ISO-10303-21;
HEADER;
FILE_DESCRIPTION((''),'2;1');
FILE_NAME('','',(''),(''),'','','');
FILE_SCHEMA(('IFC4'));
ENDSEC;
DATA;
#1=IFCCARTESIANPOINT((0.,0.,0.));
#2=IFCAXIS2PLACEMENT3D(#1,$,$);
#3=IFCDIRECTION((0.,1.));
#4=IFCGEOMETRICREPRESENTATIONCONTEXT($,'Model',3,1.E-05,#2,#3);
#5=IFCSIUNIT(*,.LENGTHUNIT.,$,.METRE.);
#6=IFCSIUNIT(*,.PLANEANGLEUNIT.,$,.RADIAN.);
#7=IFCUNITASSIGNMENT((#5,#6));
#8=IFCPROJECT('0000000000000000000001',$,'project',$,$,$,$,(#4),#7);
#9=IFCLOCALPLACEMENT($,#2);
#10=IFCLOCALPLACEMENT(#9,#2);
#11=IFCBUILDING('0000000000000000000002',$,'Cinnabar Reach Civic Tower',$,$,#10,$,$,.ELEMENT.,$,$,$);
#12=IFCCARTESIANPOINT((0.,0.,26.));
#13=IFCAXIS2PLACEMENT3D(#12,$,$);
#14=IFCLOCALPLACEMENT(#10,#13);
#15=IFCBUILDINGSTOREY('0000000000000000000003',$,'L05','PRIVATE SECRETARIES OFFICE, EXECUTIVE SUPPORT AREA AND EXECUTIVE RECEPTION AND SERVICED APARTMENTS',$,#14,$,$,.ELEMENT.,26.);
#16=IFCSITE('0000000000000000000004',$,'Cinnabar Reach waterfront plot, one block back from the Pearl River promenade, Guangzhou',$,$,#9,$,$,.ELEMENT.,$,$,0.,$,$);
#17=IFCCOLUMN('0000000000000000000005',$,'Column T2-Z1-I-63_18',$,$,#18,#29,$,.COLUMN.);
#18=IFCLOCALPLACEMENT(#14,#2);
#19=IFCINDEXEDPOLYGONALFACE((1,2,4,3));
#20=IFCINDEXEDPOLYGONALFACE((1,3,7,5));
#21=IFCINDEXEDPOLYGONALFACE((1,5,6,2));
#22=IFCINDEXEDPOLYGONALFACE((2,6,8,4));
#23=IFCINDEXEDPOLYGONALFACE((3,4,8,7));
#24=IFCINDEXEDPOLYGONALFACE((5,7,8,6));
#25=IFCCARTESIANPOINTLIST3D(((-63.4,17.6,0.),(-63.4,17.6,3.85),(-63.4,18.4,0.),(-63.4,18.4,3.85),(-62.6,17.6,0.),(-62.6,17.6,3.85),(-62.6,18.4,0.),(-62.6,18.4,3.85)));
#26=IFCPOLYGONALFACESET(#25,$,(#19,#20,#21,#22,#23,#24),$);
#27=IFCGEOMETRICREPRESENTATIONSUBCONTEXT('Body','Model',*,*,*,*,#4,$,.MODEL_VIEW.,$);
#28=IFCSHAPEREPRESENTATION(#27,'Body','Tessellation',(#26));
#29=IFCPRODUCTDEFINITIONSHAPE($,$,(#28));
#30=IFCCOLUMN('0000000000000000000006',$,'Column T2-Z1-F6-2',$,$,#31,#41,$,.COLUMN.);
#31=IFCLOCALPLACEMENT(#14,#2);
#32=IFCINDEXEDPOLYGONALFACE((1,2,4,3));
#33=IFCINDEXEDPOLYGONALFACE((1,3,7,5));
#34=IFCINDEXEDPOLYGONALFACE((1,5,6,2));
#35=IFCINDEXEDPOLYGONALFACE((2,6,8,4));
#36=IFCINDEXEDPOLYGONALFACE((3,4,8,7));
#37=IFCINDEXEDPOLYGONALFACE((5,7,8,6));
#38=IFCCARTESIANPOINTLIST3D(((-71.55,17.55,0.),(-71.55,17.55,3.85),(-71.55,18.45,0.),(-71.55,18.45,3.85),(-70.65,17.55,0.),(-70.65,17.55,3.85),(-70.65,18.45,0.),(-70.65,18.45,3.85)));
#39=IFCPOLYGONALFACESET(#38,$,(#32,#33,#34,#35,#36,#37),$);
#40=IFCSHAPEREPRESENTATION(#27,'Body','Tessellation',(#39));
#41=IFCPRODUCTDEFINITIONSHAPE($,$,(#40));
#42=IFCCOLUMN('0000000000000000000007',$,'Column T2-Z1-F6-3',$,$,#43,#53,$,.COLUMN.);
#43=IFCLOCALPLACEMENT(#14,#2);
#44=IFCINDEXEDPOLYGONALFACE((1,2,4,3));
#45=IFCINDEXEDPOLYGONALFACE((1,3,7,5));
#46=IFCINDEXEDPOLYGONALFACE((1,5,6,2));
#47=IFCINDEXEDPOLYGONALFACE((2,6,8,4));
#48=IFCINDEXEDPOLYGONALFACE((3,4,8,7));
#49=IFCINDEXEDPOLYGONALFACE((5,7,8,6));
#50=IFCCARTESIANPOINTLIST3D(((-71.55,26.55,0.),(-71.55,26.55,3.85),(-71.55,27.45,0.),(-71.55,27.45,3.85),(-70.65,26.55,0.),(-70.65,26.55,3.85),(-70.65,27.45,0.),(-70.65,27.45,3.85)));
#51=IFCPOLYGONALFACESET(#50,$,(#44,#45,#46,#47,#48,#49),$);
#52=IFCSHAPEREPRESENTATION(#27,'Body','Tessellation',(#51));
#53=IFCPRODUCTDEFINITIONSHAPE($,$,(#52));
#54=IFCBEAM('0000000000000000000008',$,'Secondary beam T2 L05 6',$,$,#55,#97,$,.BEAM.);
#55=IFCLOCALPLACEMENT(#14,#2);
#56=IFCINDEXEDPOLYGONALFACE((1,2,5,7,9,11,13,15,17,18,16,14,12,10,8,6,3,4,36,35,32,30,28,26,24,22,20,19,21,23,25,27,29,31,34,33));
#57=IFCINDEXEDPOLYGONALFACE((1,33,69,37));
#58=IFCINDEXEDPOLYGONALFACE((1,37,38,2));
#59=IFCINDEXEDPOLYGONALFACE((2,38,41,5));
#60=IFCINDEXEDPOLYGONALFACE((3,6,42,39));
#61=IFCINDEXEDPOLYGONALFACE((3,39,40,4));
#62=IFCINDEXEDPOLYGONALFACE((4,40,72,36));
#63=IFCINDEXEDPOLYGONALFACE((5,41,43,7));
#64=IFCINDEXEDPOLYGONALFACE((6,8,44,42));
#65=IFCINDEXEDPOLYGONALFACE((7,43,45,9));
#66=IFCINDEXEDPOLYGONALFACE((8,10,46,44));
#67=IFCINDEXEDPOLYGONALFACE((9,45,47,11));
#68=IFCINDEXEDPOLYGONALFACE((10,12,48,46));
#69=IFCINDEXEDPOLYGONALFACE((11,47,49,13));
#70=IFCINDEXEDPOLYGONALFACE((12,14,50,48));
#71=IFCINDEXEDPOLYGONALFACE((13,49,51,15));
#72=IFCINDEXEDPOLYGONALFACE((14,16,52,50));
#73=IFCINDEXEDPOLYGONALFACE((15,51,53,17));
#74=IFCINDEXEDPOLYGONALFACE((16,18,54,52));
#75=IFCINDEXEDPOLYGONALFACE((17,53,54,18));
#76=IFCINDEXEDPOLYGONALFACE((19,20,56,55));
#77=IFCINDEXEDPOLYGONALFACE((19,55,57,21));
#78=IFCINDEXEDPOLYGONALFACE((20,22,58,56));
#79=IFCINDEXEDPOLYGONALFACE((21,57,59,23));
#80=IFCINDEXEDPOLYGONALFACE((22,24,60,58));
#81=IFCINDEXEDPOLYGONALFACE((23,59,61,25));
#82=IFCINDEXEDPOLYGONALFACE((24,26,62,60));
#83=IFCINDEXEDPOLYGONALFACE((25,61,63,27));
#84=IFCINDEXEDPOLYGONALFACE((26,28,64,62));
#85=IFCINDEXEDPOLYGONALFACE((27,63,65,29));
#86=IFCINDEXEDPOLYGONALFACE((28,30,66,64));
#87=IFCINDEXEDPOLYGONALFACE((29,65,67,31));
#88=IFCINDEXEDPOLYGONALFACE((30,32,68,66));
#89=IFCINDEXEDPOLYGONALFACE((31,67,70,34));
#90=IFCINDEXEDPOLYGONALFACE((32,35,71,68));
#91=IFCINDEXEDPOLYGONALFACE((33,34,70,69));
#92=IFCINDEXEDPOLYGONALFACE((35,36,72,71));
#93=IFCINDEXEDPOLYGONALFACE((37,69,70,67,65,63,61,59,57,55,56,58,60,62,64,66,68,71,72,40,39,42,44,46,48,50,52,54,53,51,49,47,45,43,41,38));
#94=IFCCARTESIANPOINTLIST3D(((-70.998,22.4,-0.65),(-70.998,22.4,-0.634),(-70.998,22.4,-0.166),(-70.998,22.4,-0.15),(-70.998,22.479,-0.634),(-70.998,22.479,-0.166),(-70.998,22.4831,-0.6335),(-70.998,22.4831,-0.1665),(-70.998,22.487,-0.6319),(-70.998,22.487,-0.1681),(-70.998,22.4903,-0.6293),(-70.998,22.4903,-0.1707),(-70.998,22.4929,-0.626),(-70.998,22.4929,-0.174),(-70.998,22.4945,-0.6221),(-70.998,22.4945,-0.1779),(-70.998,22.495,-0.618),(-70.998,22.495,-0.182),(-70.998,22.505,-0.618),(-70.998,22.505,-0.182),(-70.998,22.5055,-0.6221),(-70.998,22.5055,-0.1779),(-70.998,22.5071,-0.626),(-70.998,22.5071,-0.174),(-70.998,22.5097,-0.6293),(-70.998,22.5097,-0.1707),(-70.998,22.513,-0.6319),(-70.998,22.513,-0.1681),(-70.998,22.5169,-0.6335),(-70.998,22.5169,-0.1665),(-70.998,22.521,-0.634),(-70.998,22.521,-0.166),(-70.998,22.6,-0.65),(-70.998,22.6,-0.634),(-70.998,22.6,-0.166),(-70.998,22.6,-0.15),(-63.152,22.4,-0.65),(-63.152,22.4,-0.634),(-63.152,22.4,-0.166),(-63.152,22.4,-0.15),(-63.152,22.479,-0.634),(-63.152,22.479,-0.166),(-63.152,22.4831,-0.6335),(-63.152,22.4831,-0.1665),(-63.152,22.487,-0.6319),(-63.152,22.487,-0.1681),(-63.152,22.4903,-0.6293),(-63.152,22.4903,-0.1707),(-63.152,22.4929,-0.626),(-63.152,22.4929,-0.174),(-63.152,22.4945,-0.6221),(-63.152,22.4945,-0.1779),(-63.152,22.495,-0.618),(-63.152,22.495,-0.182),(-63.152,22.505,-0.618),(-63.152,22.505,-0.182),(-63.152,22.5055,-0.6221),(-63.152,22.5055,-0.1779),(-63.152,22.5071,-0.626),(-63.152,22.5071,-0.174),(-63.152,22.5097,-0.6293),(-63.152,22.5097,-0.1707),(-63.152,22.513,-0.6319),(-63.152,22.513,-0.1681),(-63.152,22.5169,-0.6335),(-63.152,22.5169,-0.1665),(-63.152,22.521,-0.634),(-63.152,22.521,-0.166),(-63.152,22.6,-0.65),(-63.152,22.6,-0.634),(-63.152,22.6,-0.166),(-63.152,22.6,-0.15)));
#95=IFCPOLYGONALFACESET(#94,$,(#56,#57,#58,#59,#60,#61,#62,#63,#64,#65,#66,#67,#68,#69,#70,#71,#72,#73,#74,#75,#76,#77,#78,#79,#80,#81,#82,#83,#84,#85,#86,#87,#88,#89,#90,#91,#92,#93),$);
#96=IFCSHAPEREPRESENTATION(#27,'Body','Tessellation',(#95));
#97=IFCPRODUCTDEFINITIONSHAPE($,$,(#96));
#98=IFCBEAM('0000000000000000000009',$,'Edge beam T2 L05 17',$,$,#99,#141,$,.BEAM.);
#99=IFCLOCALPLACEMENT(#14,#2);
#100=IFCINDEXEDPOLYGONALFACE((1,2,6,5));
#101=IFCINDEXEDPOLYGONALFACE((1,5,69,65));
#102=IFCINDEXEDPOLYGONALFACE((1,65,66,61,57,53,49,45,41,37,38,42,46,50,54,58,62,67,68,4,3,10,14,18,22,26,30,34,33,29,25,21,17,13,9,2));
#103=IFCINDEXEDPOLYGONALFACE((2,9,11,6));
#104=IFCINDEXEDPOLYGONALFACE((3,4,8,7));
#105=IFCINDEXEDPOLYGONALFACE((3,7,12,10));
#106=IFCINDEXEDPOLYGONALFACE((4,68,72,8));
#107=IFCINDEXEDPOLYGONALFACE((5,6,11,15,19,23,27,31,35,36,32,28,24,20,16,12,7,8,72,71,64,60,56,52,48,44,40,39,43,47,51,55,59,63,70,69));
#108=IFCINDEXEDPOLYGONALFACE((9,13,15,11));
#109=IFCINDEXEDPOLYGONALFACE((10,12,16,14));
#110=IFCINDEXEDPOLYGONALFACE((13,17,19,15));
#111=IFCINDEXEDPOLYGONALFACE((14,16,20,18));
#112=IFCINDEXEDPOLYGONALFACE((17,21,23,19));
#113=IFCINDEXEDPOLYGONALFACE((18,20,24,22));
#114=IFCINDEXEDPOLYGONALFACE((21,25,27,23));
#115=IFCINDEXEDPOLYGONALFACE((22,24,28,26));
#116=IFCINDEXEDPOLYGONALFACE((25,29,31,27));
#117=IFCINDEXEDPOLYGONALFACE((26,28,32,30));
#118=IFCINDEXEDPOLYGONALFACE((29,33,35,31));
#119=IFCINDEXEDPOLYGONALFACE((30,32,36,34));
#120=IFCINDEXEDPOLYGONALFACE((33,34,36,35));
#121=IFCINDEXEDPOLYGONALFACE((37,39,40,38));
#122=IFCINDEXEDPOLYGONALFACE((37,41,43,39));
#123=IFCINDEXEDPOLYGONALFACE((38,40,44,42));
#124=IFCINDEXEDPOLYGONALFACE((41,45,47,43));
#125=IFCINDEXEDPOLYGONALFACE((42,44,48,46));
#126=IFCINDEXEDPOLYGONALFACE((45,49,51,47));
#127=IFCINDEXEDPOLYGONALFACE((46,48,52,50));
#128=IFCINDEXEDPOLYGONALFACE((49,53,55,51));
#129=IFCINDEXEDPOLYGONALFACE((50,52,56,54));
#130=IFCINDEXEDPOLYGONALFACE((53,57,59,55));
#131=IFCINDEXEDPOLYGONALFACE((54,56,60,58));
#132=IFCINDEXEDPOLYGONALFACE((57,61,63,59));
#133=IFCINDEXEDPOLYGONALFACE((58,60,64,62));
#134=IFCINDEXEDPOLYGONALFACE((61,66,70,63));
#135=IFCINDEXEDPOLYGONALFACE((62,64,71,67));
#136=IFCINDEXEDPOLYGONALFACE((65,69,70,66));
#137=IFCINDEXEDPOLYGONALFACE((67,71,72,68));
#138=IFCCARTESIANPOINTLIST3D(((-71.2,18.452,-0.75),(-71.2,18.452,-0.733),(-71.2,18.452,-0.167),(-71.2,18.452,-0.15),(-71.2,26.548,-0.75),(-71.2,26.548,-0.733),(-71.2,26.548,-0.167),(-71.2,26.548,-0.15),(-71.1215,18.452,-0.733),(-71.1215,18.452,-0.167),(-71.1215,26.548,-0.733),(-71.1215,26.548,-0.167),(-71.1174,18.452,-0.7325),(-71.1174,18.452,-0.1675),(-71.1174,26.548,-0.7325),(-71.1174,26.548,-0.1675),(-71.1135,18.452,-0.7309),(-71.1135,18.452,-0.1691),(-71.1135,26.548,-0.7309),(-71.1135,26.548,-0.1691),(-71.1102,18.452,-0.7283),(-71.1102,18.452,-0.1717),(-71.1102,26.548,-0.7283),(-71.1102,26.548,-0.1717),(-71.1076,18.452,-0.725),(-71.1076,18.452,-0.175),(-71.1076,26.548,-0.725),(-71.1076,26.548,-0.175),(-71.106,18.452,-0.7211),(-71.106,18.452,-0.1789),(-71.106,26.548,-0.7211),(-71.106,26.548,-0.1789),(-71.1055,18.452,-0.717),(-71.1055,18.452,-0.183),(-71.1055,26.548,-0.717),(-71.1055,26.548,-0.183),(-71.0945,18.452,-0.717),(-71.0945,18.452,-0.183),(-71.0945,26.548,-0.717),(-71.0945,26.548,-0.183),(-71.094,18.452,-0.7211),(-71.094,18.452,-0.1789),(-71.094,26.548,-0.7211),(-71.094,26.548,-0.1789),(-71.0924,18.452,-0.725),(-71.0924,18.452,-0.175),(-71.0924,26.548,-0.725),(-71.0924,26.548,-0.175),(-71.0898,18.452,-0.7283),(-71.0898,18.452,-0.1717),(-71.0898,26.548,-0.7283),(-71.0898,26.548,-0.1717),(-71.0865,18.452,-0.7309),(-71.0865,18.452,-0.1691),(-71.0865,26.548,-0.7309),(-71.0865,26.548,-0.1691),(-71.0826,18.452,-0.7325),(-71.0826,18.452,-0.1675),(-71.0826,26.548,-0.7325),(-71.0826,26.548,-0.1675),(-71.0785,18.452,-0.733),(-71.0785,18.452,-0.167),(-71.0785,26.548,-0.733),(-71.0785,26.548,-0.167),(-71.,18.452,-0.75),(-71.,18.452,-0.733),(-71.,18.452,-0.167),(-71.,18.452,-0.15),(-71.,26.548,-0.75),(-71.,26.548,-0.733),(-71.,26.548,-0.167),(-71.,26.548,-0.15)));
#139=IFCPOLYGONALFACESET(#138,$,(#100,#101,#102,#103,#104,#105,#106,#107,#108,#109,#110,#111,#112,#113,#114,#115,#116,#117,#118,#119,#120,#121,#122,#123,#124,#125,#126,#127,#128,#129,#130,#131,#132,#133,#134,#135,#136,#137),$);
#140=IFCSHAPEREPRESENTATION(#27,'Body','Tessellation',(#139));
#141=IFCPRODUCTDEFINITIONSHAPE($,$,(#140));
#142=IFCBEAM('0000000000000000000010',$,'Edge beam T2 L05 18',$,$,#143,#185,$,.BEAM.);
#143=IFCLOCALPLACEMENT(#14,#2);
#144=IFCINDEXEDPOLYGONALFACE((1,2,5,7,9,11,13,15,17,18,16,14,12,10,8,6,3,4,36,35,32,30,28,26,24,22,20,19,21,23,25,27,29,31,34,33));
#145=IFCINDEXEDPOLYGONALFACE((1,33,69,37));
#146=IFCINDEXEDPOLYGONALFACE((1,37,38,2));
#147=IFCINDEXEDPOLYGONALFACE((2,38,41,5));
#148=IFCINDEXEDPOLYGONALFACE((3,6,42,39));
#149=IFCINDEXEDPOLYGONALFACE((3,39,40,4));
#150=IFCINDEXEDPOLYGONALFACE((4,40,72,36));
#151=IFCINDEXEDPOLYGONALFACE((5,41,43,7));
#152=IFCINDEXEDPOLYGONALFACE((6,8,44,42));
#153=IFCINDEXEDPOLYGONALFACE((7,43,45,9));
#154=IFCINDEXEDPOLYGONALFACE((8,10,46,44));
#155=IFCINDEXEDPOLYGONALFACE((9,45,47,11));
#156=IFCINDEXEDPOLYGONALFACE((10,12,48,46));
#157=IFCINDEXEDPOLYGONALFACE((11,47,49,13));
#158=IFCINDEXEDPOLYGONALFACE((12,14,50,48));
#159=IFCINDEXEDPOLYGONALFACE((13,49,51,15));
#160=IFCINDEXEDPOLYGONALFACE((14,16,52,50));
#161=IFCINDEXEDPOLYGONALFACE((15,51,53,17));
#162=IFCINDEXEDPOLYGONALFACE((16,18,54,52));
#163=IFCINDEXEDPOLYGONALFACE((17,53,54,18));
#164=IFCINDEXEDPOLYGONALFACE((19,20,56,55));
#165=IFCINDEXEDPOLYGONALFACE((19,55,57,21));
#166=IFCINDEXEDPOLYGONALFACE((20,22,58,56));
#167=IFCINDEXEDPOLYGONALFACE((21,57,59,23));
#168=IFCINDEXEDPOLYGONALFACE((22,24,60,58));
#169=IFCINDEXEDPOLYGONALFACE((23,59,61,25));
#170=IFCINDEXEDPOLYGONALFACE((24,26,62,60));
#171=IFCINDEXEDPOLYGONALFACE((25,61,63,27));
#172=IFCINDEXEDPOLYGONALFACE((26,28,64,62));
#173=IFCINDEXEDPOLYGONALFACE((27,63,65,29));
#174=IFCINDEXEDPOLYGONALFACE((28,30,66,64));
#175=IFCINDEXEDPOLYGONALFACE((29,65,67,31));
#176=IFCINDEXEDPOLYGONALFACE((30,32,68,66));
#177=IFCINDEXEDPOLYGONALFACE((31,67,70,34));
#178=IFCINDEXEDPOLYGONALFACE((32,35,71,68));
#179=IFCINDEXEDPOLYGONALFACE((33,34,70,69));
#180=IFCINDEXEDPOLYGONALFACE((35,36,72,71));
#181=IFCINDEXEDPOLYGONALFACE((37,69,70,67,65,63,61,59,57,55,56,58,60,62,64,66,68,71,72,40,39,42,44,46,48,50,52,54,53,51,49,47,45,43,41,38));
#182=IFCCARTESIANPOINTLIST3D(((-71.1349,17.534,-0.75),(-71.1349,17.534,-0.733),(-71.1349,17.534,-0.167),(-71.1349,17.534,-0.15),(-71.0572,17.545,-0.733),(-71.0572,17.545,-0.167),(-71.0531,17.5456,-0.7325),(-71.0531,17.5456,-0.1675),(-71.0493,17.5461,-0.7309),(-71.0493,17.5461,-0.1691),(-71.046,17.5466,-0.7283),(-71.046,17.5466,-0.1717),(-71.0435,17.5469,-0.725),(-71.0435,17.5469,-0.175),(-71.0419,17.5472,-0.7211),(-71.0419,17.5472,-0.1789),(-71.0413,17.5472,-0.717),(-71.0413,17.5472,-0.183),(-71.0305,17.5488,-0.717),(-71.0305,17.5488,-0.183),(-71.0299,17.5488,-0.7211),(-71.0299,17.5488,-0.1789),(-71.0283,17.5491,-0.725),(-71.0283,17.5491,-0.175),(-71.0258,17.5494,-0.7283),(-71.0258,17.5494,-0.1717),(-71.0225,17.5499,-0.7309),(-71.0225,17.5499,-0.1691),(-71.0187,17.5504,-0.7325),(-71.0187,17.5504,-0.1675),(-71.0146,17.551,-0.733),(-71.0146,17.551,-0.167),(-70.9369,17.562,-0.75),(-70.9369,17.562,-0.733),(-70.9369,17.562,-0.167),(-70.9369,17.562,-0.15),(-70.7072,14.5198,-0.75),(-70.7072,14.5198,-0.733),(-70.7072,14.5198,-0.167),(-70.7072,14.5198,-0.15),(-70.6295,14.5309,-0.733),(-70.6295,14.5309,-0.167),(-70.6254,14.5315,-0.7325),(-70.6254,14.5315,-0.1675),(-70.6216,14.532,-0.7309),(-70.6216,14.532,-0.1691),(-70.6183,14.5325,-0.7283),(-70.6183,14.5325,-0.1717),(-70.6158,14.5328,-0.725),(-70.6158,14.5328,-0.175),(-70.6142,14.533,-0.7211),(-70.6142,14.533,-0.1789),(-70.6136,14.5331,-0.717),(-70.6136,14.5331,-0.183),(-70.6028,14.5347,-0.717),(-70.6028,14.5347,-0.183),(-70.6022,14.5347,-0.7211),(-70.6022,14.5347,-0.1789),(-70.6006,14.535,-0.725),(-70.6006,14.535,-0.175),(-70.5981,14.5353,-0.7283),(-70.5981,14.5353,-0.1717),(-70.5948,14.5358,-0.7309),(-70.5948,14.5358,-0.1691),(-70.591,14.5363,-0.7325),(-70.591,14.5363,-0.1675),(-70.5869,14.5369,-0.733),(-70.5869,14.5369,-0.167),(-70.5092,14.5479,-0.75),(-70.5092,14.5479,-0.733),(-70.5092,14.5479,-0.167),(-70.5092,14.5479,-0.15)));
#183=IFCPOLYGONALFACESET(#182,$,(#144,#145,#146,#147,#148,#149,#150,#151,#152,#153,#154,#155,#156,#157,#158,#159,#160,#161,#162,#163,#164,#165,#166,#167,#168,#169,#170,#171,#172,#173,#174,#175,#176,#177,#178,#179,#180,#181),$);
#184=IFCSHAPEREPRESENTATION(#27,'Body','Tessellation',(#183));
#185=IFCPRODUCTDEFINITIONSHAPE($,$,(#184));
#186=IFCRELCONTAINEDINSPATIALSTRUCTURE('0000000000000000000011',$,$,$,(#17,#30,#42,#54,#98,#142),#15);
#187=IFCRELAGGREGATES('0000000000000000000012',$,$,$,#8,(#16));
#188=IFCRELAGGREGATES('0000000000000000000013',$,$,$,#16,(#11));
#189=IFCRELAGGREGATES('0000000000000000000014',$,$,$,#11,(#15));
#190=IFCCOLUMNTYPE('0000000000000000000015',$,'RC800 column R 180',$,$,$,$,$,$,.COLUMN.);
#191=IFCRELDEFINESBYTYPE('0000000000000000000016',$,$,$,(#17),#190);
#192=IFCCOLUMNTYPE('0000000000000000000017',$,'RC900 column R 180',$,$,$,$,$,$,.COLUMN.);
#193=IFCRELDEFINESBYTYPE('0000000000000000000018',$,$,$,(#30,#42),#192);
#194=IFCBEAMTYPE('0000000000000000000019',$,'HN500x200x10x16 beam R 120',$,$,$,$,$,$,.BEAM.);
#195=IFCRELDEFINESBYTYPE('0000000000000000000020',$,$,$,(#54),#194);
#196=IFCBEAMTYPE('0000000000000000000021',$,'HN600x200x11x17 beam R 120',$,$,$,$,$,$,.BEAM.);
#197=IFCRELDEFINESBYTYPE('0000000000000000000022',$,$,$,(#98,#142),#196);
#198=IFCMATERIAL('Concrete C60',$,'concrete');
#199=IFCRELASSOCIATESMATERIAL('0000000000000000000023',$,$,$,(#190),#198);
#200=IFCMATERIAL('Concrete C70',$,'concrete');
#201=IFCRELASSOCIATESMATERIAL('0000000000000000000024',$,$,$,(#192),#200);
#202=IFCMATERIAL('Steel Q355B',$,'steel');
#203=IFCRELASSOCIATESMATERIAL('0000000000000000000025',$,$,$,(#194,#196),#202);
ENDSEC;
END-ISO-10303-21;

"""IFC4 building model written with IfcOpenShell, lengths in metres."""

from ifc_helpers import new_model, si_unit, direction, frame, origin, origin_2d, place, context, subcontext, project, spatial, rectangle, i_section, extrude, material, material_profile, profile_set, type_object, element, save


model = new_model("IFC4")

# Units and contexts
model_context = context("Model", 3, precision=1e-05, world=origin(), true_north=direction((0.0, 1.0)))
body_context = subcontext(model_context, "Body", "Model", "MODEL_VIEW")
ifc_project = project(units=[si_unit("LENGTHUNIT", "METRE"), si_unit("PLANEANGLEUNIT", "RADIAN")], contexts=[model_context])

# Site, building, storey
site_placement = place(None, origin())
site = spatial("IfcSite", under=ifc_project, at=site_placement, Name="Cinnabar Reach waterfront plot, one block back from the Pearl River promenade, Guangzhou", CompositionType="ELEMENT", RefElevation=0.0)
building_placement = place(site_placement, origin())
building = spatial("IfcBuilding", under=site, at=building_placement, Name="Cinnabar Reach Civic Tower", CompositionType="ELEMENT")
storey_placement = place(building_placement, frame((0.0, 0.0, 26.0)))
storey = spatial("IfcBuildingStorey", under=building, at=storey_placement, Name="L05", Description="PRIVATE SECRETARIES OFFICE, EXECUTIVE SUPPORT AREA AND EXECUTIVE RECEPTION AND SERVICED APARTMENTS", CompositionType="ELEMENT", Elevation=26.0)

# Columns
ifc_material_1 = material(Name="Concrete C60", Category="concrete")
ifc_material_profile_1 = material_profile(ifc_material_1, rectangle(XDim=0.8, YDim=0.8, at=origin_2d()), Name="RC800")
ifc_profile_set_1 = profile_set([ifc_material_profile_1], Name="Concrete C60")
column_type_1 = type_object("IfcColumnType", Name="RC800 column R 180", PredefinedType="COLUMN", material=ifc_profile_set_1)
column_placement = place(storey_placement, frame((-63.0, 18.0, 0.0), z_axis=(0.0, 0.0, 1.0), x_axis=(1.0, 0.0, 0.0)))
element("IfcColumn", 1, at=column_placement, inside=storey, type_object=column_type_1, Name="Column T2-Z1-I-63_18", PredefinedType="COLUMN", context=body_context, shape_type="SweptSolid", body=[
    extrude(rectangle(XDim=0.8, YDim=0.8, at=origin_2d()), origin(), (0.0, 0.0, 1.0), 3.85),
])
ifc_material_2 = material(Name="Concrete C70", Category="concrete")
ifc_material_profile_2 = material_profile(ifc_material_2, rectangle(XDim=0.9, YDim=0.9, at=origin_2d()), Name="RC900")
ifc_profile_set_2 = profile_set([ifc_material_profile_2], Name="Concrete C70")
column_type_2 = type_object("IfcColumnType", Name="RC900 column R 180", PredefinedType="COLUMN", material=ifc_profile_set_2)
for number, where, z_axis, x_axis, name in (
    (2, (-71.1, 18.0, 0.0), (0.0, 0.0, 1.0), (1.0, 0.0, 0.0), "Column T2-Z1-F6-2"),
    (3, (-71.1, 27.0, 0.0), (0.0, 0.0, 1.0), (1.0, 0.0, 0.0), "Column T2-Z1-F6-3"),
):
    element("IfcColumn", number, at=place(storey_placement, frame(where, z_axis=z_axis, x_axis=x_axis)), inside=storey, type_object=column_type_2, Name=name, PredefinedType="COLUMN", context=body_context, shape_type="SweptSolid", body=[
        extrude(rectangle(XDim=0.9, YDim=0.9, at=origin_2d()), origin(), (0.0, 0.0, 1.0), 3.85),
    ])

# Beams
ifc_material_3 = material(Name="Steel Q355B", Category="steel")
ifc_material_profile_3 = material_profile(ifc_material_3, i_section(OverallWidth=0.2, OverallDepth=0.5, WebThickness=0.01, FlangeThickness=0.016, FilletRadius=0.016, at=origin_2d()), Name="HN500x200x10x16")
ifc_profile_set_3 = profile_set([ifc_material_profile_3], Name="Steel Q355B")
beam_type_1 = type_object("IfcBeamType", Name="HN500x200x10x16 beam R 120", PredefinedType="BEAM", material=ifc_profile_set_3)
beam_1_placement = place(storey_placement, frame((-70.998, 22.5, -0.4), z_axis=(1.0, 0.0, 0.0), x_axis=(0.0, 1.0, 0.0)))
element("IfcBeam", 4, at=beam_1_placement, inside=storey, type_object=beam_type_1, Name="Secondary beam T2 L05 6", PredefinedType="BEAM", context=body_context, shape_type="SweptSolid", body=[
    extrude(i_section(OverallWidth=0.2, OverallDepth=0.5, WebThickness=0.01, FlangeThickness=0.016, FilletRadius=0.016, at=origin_2d()), origin(), (0.0, 0.0, 1.0), 7.846),
])
ifc_material_profile_4 = material_profile(ifc_material_3, i_section(OverallWidth=0.2, OverallDepth=0.6, WebThickness=0.011, FlangeThickness=0.017, FilletRadius=0.016, at=origin_2d()), Name="HN600x200x11x17")
ifc_profile_set_4 = profile_set([ifc_material_profile_4], Name="Steel Q355B")
beam_type_2 = type_object("IfcBeamType", Name="HN600x200x11x17 beam R 120", PredefinedType="BEAM", material=ifc_profile_set_4)
beam_2_placement = place(storey_placement, frame((-71.1, 26.548, -0.45), z_axis=(0.0, -1.0, 0.0), x_axis=(1.0, 0.0, 0.0)))
element("IfcBeam", 5, at=beam_2_placement, inside=storey, type_object=beam_type_2, Name="Edge beam T2 L05 17", PredefinedType="BEAM", context=body_context, shape_type="SweptSolid", body=[
    extrude(i_section(OverallWidth=0.2, OverallDepth=0.6, WebThickness=0.011, FlangeThickness=0.017, FilletRadius=0.016, at=origin_2d()), origin(), (0.0, 0.0, 1.0), 8.096),
])
beam_3_placement = place(storey_placement, frame((-71.0359, 17.548, -0.45), z_axis=(0.140492, -0.990082, 0.0), x_axis=(0.990082, 0.140492, 0.0)))
element("IfcBeam", 6, at=beam_3_placement, inside=storey, type_object=beam_type_2, Name="Edge beam T2 L05 18", PredefinedType="BEAM", context=body_context, shape_type="SweptSolid", body=[
    extrude(i_section(OverallWidth=0.2, OverallDepth=0.6, WebThickness=0.011, FlangeThickness=0.017, FilletRadius=0.016, at=origin_2d()), origin(), (0.0, 0.0, 1.0), 3.0443),
])

save(model, "model.ifc")
